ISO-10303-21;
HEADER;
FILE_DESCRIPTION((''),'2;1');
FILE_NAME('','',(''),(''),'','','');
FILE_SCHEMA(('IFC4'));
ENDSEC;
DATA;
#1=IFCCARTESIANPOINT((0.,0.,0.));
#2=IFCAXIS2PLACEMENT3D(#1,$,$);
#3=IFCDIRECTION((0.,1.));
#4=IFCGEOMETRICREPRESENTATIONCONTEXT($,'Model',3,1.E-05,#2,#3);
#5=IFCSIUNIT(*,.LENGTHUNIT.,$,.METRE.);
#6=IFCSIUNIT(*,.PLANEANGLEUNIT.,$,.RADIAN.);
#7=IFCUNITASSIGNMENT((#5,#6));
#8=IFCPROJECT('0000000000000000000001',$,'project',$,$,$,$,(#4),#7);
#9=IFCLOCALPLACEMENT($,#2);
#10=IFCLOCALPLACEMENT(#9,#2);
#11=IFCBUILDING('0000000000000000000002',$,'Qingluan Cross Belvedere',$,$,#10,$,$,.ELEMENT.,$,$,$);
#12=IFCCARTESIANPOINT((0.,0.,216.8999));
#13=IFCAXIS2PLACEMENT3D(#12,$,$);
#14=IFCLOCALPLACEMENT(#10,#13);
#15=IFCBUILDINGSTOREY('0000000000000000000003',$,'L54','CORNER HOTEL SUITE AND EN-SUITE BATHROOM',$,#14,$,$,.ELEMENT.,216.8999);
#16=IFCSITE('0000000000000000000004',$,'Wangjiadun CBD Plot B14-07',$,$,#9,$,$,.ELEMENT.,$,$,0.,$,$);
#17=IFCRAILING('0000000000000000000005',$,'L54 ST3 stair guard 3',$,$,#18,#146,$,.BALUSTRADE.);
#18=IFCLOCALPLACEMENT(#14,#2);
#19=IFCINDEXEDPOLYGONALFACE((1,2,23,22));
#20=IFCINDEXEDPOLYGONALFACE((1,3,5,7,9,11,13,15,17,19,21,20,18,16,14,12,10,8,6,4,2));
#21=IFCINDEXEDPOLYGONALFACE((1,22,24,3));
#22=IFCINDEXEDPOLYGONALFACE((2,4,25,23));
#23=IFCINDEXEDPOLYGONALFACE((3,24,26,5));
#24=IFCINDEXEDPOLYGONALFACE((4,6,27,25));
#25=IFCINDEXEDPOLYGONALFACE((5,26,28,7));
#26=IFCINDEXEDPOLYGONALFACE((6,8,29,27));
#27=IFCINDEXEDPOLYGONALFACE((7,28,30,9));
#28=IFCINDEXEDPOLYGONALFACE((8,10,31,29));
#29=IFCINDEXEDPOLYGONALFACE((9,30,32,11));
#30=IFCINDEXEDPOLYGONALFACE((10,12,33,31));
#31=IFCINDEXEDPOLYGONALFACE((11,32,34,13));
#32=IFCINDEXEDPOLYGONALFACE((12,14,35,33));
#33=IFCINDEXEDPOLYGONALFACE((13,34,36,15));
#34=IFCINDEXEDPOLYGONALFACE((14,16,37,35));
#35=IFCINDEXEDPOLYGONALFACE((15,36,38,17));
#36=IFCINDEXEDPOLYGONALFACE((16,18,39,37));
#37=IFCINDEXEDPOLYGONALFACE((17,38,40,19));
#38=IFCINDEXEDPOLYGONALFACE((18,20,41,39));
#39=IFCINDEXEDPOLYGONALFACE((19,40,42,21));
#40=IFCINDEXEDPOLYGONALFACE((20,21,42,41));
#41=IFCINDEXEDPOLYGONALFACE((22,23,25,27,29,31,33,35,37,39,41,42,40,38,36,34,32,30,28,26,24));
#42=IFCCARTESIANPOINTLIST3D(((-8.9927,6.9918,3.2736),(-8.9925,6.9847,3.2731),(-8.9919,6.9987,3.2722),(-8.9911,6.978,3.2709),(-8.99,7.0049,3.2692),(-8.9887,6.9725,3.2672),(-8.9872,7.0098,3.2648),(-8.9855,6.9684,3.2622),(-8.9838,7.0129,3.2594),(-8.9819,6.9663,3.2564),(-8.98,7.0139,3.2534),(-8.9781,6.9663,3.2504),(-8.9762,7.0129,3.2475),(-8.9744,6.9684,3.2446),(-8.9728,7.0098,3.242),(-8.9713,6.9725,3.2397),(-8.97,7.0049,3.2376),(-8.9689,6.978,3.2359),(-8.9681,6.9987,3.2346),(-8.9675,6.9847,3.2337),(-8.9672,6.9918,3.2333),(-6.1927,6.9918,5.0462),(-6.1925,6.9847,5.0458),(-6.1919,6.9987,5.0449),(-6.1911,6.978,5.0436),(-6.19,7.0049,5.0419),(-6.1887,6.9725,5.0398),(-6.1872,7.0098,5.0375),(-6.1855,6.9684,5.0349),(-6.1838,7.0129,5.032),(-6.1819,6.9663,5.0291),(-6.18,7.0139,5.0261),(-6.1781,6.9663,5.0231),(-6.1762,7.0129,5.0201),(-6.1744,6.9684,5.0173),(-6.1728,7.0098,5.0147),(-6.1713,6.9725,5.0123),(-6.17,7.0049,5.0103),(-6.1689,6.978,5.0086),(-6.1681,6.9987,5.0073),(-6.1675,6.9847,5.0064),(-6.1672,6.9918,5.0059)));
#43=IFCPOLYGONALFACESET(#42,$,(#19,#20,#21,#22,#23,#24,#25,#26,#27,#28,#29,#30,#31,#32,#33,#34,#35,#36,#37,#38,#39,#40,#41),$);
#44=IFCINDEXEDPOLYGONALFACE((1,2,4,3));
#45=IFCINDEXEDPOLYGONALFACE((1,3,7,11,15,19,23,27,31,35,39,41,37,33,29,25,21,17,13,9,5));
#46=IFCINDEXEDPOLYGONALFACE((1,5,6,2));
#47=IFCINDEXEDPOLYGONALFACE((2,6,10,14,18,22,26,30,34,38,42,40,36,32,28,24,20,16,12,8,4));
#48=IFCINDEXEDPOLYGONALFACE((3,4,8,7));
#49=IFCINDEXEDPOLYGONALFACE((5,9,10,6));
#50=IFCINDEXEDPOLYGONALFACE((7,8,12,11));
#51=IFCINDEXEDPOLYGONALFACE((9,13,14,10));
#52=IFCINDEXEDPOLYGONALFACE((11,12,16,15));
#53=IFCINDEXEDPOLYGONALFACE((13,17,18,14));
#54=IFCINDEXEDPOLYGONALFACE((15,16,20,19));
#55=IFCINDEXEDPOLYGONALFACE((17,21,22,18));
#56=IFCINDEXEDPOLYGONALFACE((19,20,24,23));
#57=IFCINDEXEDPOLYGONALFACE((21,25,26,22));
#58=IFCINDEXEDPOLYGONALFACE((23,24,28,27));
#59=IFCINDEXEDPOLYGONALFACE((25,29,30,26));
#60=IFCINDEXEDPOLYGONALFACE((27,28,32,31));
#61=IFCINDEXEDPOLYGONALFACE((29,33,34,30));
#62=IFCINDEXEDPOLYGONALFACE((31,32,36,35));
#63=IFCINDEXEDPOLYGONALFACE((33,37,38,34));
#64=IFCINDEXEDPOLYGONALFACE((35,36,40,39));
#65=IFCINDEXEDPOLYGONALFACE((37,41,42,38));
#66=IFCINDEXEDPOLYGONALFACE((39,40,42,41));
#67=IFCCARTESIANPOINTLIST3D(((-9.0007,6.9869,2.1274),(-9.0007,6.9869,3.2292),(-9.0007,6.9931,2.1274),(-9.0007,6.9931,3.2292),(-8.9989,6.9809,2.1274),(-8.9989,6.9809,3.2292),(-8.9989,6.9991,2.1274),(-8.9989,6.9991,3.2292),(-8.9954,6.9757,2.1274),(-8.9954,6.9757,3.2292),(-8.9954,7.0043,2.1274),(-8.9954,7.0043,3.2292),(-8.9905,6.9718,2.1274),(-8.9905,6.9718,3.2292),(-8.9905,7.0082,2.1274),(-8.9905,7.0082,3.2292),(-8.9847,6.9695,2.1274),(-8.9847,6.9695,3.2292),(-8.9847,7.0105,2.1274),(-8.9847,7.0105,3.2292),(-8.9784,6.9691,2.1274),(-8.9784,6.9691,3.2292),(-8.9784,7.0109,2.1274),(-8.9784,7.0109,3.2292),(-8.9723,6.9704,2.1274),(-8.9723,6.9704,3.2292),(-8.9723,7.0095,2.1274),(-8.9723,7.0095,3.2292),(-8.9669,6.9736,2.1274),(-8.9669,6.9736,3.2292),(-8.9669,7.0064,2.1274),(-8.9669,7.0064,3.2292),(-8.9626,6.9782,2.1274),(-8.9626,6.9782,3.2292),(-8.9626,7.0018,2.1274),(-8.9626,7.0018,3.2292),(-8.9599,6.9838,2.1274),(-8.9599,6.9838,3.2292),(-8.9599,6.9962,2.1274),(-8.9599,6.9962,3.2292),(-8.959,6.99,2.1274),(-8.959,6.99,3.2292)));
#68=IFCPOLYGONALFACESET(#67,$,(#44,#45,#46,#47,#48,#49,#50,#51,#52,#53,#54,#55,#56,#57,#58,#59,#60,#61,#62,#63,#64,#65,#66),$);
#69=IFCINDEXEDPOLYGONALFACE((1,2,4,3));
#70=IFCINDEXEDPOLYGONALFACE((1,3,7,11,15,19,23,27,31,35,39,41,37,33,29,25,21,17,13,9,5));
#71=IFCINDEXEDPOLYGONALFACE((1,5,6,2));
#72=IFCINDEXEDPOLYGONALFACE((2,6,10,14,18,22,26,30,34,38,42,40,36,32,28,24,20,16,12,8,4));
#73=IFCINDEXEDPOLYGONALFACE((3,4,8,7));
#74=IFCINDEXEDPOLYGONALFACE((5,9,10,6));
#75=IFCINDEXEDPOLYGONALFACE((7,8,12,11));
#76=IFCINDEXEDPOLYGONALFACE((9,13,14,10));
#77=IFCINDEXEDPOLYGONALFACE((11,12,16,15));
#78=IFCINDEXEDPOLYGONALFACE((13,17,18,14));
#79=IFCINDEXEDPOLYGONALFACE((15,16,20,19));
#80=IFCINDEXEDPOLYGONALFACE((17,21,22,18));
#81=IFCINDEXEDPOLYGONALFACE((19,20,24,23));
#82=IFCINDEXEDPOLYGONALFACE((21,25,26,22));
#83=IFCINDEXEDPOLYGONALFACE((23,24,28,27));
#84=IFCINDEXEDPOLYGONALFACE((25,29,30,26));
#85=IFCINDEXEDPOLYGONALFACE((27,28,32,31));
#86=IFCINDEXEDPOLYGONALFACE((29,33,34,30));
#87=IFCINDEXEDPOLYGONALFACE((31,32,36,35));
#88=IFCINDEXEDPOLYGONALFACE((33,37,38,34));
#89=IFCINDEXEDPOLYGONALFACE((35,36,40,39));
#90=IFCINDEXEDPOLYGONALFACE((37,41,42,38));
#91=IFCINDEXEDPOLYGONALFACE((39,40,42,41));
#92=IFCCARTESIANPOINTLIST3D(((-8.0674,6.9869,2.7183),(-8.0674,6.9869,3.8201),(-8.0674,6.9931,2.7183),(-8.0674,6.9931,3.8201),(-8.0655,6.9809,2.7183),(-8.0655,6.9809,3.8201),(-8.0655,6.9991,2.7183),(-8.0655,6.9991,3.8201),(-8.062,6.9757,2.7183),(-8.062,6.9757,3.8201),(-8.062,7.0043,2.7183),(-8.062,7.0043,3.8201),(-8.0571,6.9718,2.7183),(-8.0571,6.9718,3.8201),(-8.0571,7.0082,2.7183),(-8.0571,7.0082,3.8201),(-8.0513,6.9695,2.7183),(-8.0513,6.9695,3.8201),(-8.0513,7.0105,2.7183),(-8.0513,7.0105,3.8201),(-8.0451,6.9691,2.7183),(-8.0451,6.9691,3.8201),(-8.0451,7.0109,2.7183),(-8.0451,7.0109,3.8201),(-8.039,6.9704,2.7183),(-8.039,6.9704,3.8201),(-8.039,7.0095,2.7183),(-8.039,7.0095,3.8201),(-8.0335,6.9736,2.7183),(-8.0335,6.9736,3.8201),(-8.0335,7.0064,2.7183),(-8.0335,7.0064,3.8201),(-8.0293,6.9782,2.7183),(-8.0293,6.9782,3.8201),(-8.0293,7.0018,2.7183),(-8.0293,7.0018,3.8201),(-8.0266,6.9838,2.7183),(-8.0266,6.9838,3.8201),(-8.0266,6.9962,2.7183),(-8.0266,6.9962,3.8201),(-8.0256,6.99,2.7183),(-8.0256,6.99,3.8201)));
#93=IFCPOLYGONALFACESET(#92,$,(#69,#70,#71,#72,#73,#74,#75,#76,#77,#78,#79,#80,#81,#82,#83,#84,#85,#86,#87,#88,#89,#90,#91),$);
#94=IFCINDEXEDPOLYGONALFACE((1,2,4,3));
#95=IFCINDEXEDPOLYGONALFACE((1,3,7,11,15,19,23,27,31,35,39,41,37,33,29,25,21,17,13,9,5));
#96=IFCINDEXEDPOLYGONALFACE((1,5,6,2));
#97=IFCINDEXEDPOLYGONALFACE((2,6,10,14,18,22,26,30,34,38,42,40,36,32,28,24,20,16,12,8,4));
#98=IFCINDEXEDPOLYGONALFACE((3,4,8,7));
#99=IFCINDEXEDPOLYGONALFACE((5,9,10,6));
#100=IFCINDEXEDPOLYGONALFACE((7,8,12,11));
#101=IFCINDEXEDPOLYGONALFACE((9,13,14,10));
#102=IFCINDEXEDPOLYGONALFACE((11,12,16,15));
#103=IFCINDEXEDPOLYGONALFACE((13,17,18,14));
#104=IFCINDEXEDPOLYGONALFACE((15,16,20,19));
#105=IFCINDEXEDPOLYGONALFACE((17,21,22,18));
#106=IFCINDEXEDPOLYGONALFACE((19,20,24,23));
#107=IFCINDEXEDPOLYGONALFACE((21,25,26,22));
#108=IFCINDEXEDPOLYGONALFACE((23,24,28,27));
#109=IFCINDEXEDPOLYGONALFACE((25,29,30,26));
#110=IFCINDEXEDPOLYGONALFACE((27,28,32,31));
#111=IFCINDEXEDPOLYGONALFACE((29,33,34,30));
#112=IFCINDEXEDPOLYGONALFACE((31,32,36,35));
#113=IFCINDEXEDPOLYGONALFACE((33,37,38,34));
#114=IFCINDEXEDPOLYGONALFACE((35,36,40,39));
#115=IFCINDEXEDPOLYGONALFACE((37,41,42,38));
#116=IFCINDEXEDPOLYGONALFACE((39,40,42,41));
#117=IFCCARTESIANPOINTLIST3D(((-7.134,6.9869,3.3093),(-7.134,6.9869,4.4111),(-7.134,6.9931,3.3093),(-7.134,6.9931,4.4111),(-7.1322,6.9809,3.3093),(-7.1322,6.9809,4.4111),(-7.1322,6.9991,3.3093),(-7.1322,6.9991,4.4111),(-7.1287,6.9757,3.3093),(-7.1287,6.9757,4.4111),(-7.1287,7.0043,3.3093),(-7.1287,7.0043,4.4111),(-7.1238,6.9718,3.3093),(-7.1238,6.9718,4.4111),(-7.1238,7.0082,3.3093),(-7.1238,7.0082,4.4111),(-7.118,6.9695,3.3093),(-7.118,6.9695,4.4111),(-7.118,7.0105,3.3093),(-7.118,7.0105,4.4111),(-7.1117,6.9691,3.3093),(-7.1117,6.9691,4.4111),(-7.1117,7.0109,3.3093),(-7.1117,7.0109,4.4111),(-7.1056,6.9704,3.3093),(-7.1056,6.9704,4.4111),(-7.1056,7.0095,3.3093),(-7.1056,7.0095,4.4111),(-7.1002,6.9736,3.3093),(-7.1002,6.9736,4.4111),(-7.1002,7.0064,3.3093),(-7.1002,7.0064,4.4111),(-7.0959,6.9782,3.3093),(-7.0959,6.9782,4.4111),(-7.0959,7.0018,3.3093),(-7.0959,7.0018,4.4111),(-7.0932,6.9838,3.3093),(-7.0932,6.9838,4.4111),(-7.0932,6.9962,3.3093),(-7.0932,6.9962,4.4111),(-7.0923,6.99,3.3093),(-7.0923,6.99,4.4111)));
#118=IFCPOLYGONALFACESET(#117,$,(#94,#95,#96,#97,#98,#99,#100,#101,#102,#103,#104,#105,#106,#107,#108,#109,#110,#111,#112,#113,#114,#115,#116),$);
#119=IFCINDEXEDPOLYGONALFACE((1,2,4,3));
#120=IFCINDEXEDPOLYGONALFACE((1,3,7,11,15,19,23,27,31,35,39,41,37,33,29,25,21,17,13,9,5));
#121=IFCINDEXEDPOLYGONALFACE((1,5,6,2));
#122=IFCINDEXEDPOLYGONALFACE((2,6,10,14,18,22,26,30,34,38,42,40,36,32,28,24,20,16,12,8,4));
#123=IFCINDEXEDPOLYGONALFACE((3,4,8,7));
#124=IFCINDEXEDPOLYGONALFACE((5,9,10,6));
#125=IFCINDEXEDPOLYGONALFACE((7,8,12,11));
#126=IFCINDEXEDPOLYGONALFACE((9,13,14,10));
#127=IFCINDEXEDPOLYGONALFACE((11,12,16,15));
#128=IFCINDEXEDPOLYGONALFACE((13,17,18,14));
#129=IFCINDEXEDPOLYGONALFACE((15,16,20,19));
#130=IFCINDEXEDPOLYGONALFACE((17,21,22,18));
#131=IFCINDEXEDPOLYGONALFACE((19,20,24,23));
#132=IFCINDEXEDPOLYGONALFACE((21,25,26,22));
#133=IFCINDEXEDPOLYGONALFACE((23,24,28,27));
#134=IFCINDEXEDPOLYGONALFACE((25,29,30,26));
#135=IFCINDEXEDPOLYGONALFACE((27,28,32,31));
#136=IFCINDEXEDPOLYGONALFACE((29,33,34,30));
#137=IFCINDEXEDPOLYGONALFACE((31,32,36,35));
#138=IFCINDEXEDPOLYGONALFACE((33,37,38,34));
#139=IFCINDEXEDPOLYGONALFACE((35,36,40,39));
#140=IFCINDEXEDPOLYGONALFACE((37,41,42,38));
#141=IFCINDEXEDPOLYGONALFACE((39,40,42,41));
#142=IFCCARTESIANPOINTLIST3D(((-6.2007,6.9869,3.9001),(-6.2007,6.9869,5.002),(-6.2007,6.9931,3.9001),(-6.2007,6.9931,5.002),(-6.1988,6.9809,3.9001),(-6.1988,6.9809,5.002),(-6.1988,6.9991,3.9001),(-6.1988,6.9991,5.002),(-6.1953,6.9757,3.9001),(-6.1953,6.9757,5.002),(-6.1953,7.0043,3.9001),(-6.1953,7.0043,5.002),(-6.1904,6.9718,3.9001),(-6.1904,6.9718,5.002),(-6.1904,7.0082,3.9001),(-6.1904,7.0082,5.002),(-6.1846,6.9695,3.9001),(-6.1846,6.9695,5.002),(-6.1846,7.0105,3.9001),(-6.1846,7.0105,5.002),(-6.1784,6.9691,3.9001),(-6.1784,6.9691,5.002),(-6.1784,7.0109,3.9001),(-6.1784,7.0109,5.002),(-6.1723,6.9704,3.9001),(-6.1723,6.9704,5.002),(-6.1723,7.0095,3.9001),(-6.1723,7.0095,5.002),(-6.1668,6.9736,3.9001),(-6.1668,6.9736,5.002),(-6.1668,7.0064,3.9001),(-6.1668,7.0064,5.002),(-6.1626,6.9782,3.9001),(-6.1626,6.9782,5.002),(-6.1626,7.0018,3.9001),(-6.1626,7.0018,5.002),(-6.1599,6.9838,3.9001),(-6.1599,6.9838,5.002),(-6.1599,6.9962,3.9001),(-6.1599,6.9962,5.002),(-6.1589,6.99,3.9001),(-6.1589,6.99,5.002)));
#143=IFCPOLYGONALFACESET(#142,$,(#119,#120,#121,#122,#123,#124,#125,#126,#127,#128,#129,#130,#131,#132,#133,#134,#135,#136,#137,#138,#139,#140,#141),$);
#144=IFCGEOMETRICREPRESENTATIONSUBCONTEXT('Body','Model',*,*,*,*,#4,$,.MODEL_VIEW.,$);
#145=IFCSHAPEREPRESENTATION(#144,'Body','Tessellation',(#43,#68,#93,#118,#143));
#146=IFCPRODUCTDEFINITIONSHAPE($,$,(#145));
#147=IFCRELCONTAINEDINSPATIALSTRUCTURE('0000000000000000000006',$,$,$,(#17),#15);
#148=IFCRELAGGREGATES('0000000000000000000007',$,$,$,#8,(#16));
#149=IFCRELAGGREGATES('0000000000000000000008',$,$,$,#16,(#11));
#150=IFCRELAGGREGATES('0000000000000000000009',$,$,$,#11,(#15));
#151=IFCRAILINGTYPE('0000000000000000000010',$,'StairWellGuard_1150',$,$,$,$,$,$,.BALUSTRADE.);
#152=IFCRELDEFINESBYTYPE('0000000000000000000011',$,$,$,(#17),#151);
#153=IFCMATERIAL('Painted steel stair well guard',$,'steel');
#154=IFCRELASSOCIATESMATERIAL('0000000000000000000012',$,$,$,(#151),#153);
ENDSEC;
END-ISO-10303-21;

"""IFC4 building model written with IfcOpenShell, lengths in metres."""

from ifc_helpers import new_model, si_unit, direction, frame, origin, origin_2d, place, context, subcontext, project, spatial, circle, extrude, material, type_object, element, save


model = new_model("IFC4")

# Units and contexts
model_context = context("Model", 3, precision=1e-05, world=origin(), true_north=direction((0.0, 1.0)))
body_context = subcontext(model_context, "Body", "Model", "MODEL_VIEW")
ifc_project = project(units=[si_unit("LENGTHUNIT", "METRE"), si_unit("PLANEANGLEUNIT", "RADIAN")], contexts=[model_context])

# Site, building, storey
site_placement = place(None, origin())
site = spatial("IfcSite", under=ifc_project, at=site_placement, Name="Wangjiadun CBD Plot B14-07", CompositionType="ELEMENT", RefElevation=0.0)
building_placement = place(site_placement, origin())
building = spatial("IfcBuilding", under=site, at=building_placement, Name="Qingluan Cross Belvedere", CompositionType="ELEMENT")
storey_placement = place(building_placement, frame((0.0, 0.0, 216.8999)))
storey = spatial("IfcBuildingStorey", under=building, at=storey_placement, Name="L54", Description="CORNER HOTEL SUITE AND EN-SUITE BATHROOM", CompositionType="ELEMENT", Elevation=216.8999)

# Railing
ifc_material_1 = material(Name="Painted steel stair well guard", Category="steel")
railing_type_1 = type_object("IfcRailingType", Name="StairWellGuard_1150", PredefinedType="BALUSTRADE", material=ifc_material_1)
railing_1_placement = place(storey_placement, frame((-8.98, 6.99, 2.1274)))
element("IfcRailing", 1, at=railing_1_placement, inside=storey, type_object=railing_type_1, Name="L54 ST3 stair guard 3", PredefinedType="BALUSTRADE", context=body_context, shape_type="SweptSolid", body=[
    extrude(circle(Radius=0.0239, at=origin_2d()), frame((0.0, 0.0, 1.126), z_axis=(0.844909, 0.0, 0.53491), x_axis=(0.0, 1.0, 0.0)), (0.0, 0.0, 1.0), 3.314),
    extrude(circle(Radius=0.021, at=origin_2d()), origin(), (0.0, 0.0, 1.0), 1.1018),
    extrude(circle(Radius=0.021, at=origin_2d()), frame((0.9333, 0.0, 0.5908)), (0.0, 0.0, 1.0), 1.1018),
    extrude(circle(Radius=0.021, at=origin_2d()), frame((1.8667, 0.0, 1.1819)), (0.0, 0.0, 1.0), 1.1018),
    extrude(circle(Radius=0.021, at=origin_2d()), frame((2.8, 0.0, 1.7727)), (0.0, 0.0, 1.0), 1.1018),
])

save(model, "model.ifc")
